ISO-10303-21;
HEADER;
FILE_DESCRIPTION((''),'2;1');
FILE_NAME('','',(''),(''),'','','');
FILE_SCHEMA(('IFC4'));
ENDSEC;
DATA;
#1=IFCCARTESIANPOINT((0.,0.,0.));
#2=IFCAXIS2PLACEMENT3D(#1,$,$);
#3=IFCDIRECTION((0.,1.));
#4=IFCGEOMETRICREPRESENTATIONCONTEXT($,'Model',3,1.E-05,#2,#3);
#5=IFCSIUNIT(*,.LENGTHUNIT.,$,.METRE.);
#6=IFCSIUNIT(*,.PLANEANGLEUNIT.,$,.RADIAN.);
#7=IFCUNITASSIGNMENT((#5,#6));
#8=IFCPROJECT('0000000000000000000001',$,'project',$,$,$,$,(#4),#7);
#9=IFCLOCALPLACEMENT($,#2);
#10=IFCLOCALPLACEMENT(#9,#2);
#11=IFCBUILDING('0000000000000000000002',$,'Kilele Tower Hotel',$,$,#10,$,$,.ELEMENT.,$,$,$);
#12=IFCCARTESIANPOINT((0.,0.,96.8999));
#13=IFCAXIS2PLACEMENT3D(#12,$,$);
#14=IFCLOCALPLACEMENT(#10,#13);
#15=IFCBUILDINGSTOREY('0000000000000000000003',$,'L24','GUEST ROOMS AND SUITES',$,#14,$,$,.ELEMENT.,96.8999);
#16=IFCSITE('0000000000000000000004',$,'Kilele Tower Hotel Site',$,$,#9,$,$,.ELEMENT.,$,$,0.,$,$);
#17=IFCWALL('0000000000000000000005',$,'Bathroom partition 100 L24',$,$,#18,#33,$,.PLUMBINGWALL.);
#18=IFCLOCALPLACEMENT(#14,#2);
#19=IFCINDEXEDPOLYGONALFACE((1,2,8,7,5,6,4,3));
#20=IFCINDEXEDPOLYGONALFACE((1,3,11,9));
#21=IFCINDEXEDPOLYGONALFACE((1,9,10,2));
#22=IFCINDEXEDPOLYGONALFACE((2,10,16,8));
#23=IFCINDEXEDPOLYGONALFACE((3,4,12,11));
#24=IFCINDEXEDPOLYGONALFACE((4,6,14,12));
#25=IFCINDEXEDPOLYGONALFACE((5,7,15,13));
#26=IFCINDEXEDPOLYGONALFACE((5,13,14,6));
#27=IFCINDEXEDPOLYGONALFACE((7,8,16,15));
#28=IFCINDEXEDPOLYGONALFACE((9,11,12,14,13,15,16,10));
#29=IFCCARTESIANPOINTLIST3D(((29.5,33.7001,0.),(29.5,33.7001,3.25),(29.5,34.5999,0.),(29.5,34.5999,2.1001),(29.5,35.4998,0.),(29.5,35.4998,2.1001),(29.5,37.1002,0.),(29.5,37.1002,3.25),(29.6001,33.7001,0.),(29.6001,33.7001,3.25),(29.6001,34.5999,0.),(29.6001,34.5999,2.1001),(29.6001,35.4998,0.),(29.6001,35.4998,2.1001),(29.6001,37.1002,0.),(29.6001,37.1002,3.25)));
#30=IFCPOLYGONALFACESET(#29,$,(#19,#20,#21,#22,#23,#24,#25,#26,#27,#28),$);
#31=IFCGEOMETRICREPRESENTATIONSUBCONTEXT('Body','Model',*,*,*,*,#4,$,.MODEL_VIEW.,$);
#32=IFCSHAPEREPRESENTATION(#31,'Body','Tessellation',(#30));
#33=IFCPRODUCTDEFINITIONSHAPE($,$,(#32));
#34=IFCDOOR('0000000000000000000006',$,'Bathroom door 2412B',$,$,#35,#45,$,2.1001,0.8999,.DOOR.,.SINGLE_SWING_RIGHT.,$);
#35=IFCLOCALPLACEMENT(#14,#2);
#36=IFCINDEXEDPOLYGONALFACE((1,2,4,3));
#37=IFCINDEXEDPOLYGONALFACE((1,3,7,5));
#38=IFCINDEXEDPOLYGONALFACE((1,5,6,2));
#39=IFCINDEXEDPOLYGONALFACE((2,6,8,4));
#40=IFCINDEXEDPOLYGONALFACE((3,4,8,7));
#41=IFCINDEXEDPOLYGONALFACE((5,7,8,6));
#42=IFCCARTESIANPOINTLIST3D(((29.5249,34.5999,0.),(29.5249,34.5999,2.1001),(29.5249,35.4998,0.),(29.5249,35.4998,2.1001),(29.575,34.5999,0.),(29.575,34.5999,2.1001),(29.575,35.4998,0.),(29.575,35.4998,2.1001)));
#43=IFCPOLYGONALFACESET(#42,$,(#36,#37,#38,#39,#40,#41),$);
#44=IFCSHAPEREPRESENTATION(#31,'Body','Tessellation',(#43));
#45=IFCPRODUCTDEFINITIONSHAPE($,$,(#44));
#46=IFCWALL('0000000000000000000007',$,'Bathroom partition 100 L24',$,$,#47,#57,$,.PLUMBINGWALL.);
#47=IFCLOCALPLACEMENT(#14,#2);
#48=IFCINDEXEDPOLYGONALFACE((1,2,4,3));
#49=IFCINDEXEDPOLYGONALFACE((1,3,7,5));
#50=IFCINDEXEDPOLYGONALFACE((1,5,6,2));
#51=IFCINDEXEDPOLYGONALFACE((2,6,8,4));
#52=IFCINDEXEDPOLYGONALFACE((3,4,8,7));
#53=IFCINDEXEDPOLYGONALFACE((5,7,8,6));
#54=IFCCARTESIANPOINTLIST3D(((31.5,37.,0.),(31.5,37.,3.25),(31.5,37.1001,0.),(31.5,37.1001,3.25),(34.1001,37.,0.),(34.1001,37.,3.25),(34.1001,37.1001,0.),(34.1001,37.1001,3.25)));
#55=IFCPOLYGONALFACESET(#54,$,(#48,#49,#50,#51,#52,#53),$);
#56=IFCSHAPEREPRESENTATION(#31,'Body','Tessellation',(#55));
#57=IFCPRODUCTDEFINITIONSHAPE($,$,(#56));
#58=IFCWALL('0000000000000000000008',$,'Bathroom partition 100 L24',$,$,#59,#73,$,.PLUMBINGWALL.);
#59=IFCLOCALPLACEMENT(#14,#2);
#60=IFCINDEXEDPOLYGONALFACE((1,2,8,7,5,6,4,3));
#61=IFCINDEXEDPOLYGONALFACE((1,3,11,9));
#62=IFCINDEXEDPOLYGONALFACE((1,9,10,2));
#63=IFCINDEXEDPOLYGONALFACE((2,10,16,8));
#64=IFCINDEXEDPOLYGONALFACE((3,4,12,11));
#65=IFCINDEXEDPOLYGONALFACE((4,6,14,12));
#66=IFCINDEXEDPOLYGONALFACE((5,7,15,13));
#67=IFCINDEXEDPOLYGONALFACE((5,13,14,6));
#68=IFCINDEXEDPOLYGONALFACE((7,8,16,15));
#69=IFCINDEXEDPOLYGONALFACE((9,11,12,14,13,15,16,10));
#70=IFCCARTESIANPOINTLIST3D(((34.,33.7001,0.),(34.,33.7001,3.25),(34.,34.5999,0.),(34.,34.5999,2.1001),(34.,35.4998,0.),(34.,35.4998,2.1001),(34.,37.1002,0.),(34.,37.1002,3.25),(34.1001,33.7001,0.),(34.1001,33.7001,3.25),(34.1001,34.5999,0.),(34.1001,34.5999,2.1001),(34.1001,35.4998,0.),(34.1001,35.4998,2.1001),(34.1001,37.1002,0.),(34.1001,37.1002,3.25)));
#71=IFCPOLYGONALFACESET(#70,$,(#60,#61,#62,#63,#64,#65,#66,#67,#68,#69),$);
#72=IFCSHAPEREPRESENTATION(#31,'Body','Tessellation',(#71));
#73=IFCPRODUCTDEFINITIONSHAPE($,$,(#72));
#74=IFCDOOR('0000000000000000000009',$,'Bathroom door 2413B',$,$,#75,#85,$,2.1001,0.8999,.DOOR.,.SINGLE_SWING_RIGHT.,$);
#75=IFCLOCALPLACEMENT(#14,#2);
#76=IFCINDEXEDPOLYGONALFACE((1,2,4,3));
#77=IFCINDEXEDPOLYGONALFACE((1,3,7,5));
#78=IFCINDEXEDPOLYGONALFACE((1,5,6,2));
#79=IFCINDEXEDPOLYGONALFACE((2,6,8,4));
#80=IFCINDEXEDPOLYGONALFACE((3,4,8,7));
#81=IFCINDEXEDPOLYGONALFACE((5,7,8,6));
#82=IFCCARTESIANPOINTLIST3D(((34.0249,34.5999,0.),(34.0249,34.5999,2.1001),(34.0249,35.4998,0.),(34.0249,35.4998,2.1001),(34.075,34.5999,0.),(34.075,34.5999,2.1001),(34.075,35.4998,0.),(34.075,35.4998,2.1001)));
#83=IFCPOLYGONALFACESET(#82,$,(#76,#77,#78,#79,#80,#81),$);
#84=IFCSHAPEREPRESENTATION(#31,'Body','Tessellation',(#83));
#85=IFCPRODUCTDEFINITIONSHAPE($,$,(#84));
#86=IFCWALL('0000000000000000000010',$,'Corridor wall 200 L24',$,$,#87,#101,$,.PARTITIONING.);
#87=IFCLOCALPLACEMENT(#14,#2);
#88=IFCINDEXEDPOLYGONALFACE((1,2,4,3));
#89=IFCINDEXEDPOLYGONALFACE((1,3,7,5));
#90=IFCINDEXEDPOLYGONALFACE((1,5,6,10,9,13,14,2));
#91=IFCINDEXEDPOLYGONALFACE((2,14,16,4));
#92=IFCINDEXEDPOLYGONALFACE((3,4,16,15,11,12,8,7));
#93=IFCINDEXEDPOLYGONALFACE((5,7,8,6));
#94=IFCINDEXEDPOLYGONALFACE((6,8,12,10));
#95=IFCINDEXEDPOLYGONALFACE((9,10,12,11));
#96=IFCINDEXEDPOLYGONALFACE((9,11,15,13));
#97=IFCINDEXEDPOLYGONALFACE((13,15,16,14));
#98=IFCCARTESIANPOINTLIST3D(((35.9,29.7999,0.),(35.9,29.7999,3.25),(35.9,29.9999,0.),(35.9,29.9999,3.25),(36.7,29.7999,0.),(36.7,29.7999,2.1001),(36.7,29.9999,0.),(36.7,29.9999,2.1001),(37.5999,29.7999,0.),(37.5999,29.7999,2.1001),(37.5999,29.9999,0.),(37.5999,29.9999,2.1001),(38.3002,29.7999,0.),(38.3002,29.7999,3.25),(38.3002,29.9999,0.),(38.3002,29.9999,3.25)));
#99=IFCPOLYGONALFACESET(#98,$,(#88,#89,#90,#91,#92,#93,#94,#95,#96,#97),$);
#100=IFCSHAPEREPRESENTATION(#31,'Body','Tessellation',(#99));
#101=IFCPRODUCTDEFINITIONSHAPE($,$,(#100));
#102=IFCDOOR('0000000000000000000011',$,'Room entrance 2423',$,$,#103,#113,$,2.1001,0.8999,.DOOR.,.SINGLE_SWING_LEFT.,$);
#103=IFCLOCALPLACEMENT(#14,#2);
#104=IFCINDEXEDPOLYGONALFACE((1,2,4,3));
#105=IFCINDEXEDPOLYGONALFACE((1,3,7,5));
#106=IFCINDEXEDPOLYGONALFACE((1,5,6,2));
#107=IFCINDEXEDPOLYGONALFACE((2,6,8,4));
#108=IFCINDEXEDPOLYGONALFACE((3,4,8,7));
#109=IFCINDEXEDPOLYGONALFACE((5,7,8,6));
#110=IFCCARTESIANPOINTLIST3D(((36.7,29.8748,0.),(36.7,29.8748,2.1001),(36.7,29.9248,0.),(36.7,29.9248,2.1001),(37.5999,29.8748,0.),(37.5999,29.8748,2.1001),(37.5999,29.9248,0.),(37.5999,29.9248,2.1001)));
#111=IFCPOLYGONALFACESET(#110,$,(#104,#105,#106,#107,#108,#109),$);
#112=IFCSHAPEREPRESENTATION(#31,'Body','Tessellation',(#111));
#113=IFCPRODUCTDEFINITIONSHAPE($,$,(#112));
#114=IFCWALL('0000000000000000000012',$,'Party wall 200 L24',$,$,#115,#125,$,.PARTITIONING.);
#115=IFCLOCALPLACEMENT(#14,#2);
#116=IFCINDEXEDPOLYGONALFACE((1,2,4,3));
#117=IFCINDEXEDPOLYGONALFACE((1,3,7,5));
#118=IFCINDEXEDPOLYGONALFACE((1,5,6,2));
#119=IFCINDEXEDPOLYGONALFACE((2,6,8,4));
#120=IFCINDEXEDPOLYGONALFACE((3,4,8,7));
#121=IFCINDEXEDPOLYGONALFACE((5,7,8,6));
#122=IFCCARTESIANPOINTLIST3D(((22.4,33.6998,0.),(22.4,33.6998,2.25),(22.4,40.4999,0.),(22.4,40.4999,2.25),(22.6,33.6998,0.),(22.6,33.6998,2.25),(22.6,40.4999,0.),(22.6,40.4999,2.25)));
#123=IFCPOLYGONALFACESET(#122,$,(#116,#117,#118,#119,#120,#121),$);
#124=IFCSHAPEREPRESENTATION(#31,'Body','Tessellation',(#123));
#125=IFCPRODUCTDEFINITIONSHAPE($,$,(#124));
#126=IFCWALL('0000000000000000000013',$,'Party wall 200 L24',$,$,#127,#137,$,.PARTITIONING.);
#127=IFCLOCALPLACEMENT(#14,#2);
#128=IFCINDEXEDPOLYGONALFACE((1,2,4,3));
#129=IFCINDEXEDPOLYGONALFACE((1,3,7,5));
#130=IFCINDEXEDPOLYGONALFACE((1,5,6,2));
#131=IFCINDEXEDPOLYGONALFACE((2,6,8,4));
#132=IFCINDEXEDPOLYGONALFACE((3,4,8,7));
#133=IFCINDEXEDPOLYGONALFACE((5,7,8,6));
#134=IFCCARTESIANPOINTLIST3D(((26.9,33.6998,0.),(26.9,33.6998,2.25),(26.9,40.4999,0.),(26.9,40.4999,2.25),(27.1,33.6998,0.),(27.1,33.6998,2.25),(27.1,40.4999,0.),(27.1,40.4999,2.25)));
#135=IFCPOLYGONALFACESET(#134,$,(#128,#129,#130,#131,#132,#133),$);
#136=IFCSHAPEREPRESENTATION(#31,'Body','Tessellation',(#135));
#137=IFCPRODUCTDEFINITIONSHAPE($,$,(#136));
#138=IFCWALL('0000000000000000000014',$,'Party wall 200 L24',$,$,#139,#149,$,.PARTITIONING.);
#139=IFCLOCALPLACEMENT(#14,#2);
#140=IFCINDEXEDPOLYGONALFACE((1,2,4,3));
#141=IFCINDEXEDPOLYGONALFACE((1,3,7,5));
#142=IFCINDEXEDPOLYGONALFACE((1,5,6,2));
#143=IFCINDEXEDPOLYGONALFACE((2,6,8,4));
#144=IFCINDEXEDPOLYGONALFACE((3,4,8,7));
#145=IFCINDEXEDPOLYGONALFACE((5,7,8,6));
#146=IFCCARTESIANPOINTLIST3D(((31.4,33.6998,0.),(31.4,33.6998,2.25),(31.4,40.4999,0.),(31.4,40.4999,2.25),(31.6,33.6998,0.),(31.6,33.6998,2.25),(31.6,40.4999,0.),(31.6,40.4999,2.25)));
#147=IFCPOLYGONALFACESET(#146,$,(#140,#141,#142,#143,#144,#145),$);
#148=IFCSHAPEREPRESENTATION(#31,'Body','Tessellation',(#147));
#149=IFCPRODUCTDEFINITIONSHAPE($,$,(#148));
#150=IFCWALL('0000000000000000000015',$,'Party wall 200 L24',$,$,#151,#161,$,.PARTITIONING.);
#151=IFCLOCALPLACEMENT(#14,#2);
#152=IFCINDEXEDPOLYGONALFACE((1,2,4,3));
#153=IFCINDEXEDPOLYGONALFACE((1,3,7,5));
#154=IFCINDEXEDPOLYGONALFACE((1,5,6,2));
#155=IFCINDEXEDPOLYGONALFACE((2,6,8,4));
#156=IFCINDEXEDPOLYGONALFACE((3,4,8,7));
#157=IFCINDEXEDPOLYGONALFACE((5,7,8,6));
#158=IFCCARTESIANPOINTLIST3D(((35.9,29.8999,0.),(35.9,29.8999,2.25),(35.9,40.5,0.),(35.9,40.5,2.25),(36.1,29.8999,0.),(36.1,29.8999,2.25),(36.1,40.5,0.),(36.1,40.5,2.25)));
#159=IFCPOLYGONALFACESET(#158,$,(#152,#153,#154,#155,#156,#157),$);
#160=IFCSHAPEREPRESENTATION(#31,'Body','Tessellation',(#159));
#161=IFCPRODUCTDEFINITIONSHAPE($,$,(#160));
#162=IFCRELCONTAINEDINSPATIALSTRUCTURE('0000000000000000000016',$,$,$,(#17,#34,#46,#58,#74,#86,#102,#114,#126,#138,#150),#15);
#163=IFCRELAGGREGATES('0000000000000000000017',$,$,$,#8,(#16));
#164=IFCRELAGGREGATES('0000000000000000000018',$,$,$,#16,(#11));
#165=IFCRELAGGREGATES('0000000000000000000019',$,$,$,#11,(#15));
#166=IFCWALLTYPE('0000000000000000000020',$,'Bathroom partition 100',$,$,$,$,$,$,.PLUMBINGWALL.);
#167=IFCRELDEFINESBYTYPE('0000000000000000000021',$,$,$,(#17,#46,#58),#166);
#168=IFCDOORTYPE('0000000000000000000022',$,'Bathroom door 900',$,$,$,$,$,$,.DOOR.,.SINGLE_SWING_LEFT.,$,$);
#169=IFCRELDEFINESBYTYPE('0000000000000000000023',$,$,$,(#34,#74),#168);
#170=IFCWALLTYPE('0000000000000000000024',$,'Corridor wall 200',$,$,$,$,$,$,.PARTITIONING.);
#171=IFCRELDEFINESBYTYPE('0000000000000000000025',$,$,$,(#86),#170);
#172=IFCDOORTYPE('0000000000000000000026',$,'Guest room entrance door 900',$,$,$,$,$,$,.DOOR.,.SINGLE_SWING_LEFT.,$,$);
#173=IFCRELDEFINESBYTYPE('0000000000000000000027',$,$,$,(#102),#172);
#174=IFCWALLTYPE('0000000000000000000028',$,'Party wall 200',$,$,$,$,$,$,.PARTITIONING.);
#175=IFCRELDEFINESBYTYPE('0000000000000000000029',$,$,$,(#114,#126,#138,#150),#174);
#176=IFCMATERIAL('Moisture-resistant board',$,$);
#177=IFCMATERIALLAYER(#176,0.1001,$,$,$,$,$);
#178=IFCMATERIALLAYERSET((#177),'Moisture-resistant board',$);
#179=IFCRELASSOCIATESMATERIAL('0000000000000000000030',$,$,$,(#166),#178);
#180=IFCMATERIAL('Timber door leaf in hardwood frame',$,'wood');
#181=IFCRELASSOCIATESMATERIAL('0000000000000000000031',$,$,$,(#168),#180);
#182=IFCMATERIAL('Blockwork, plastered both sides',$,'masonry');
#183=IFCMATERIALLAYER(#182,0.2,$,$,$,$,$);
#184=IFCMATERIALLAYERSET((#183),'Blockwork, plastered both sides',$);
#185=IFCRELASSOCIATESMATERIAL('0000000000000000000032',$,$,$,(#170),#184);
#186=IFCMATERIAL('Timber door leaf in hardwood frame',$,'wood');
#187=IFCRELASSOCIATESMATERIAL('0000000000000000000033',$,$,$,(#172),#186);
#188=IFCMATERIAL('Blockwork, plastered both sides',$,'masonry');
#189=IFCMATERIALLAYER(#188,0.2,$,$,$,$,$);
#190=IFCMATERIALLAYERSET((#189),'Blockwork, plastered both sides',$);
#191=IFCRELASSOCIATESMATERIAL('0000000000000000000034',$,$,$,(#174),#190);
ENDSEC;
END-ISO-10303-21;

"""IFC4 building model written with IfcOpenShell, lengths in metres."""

from ifc_helpers import new_model, si_unit, direction, frame, frame_2d, origin, place, context, subcontext, project, spatial, rectangle, extrude, material, layer, layer_set, type_object, element, fill, save


model = new_model("IFC4")

# Units and contexts
model_context = context("Model", 3, precision=1e-05, world=origin(), true_north=direction((0.0, 1.0)))
body_context = subcontext(model_context, "Body", "Model", "MODEL_VIEW")
ifc_project = project(units=[si_unit("LENGTHUNIT", "METRE"), si_unit("PLANEANGLEUNIT", "RADIAN")], contexts=[model_context])

# Site, building, storey
site_placement = place(None, origin())
site = spatial("IfcSite", under=ifc_project, at=site_placement, Name="Kilele Tower Hotel Site", CompositionType="ELEMENT", RefElevation=0.0)
building_placement = place(site_placement, origin())
building = spatial("IfcBuilding", under=site, at=building_placement, Name="Kilele Tower Hotel", CompositionType="ELEMENT")
storey_placement = place(building_placement, frame((0.0, 0.0, 96.8999)))
storey = spatial("IfcBuildingStorey", under=building, at=storey_placement, Name="L24", Description="GUEST ROOMS AND SUITES", CompositionType="ELEMENT", Elevation=96.8999)

# Shared definitions
ifc_material_1 = material(Name="Moisture-resistant board")
ifc_layer_1 = layer(ifc_material_1, 0.1001)
ifc_layer_set_1 = layer_set([ifc_layer_1], Name="Moisture-resistant board")
wall_type_1 = type_object("IfcWallType", Name="Bathroom partition 100", PredefinedType="PLUMBINGWALL", material=ifc_layer_set_1)

# Shared definitions
ifc_material_2 = material(Name="Timber door leaf in hardwood frame", Category="wood")
door_type_1 = type_object("IfcDoorType", Name="Bathroom door 900", OperationType="SINGLE_SWING_LEFT", PredefinedType="DOOR", material=ifc_material_2)

# Wall, opening, door
wall_1_placement = place(storey_placement, frame((29.55, 33.7, 0.0), z_axis=(0.0, 0.0, 1.0), x_axis=(0.0, 1.0, 0.0)))
wall_1 = element("IfcWall", 1, at=wall_1_placement, inside=storey, type_object=wall_type_1, Name="Bathroom partition 100 L24", PredefinedType="PLUMBINGWALL", context=body_context, shape_type="SweptSolid", body=[
    extrude(rectangle(XDim=3.4001, YDim=0.1001, at=frame_2d((1.7002, 0.0))), origin(), (0.0, 0.0, 1.0), 3.25),
])
opening_1_placement = place(wall_1_placement, frame((1.7998, 0.0, 0.0), z_axis=(0.0, 0.0, 1.0), x_axis=(-1.0, 0.0, 0.0)))
opening_1 = element("IfcOpeningElement", 2, at=opening_1_placement, cuts=wall_1, PredefinedType="OPENING", context=body_context, shape_type="SweptSolid", body=[
    extrude(rectangle(XDim=0.8999, YDim=2.1001, at=frame_2d((0.45, 1.05))), frame((0.0, 0.0601, 0.0), z_axis=(0.0, -1.0, 0.0), x_axis=(1.0, 0.0, 0.0)), (0.0, 0.0, 1.0), 0.1201),
])
door_1_placement = place(opening_1_placement, origin())
door_1 = element("IfcDoor", 3, at=door_1_placement, inside=storey, type_object=door_type_1, Name="Bathroom door 2412B", OperationType="SINGLE_SWING_RIGHT", OverallHeight=2.1001, OverallWidth=0.8999, PredefinedType="DOOR", context=body_context, shape_type="SweptSolid", body=[
    extrude(rectangle(XDim=0.8999, YDim=2.1001, at=frame_2d((0.45, 1.05))), frame((0.0, 0.0249, 0.0), z_axis=(0.0, -1.0, 0.0), x_axis=(1.0, 0.0, 0.0)), (0.0, 0.0, 1.0), 0.05),
])
fill(opening_1, door_1)

# Wall
wall_2_placement = place(storey_placement, frame((31.5, 37.05, 0.0), z_axis=(0.0, 0.0, 1.0), x_axis=(1.0, 0.0, 0.0)))
element("IfcWall", 4, at=wall_2_placement, inside=storey, type_object=wall_type_1, Name="Bathroom partition 100 L24", PredefinedType="PLUMBINGWALL", context=body_context, shape_type="SweptSolid", body=[
    extrude(rectangle(XDim=2.6001, YDim=0.1001, at=frame_2d((1.3, 0.0))), origin(), (0.0, 0.0, 1.0), 3.25),
])

# Walls, openings, doors
wall_3_placement = place(storey_placement, frame((34.05, 33.7, 0.0), z_axis=(0.0, 0.0, 1.0), x_axis=(0.0, 1.0, 0.0)))
wall_3 = element("IfcWall", 5, at=wall_3_placement, inside=storey, type_object=wall_type_1, Name="Bathroom partition 100 L24", PredefinedType="PLUMBINGWALL", context=body_context, shape_type="SweptSolid", body=[
    extrude(rectangle(XDim=3.4001, YDim=0.1001, at=frame_2d((1.7002, 0.0))), origin(), (0.0, 0.0, 1.0), 3.25),
])
opening_2_placement = place(wall_3_placement, frame((1.7998, 0.0, 0.0), z_axis=(0.0, 0.0, 1.0), x_axis=(-1.0, 0.0, 0.0)))
opening_2 = element("IfcOpeningElement", 6, at=opening_2_placement, cuts=wall_3, PredefinedType="OPENING", context=body_context, shape_type="SweptSolid", body=[
    extrude(rectangle(XDim=0.8999, YDim=2.1001, at=frame_2d((0.45, 1.05))), frame((0.0, 0.0601, 0.0), z_axis=(0.0, -1.0, 0.0), x_axis=(1.0, 0.0, 0.0)), (0.0, 0.0, 1.0), 0.1201),
])
door_2_placement = place(opening_2_placement, origin())
door_2 = element("IfcDoor", 7, at=door_2_placement, inside=storey, type_object=door_type_1, Name="Bathroom door 2413B", OperationType="SINGLE_SWING_RIGHT", OverallHeight=2.1001, OverallWidth=0.8999, PredefinedType="DOOR", context=body_context, shape_type="SweptSolid", body=[
    extrude(rectangle(XDim=0.8999, YDim=2.1001, at=frame_2d((0.45, 1.05))), frame((0.0, 0.0249, 0.0), z_axis=(0.0, -1.0, 0.0), x_axis=(1.0, 0.0, 0.0)), (0.0, 0.0, 1.0), 0.05),
])
fill(opening_2, door_2)
ifc_material_3 = material(Name="Blockwork, plastered both sides", Category="masonry")
ifc_layer_2 = layer(ifc_material_3, 0.2)
ifc_layer_set_2 = layer_set([ifc_layer_2], Name="Blockwork, plastered both sides")
wall_type_2 = type_object("IfcWallType", Name="Corridor wall 200", PredefinedType="PARTITIONING", material=ifc_layer_set_2)
wall_4_placement = place(storey_placement, frame((35.8999, 29.8999, 0.0), z_axis=(0.0, 0.0, 1.0), x_axis=(1.0, 0.0, 0.0)))
wall_4 = element("IfcWall", 8, at=wall_4_placement, inside=storey, type_object=wall_type_2, Name="Corridor wall 200 L24", PredefinedType="PARTITIONING", context=body_context, shape_type="SweptSolid", body=[
    extrude(rectangle(XDim=2.4001, YDim=0.2, at=frame_2d((1.2002, 0.0))), origin(), (0.0, 0.0, 1.0), 3.25),
])
opening_3_placement = place(wall_4_placement, frame((0.8, 0.0, 0.0)))
opening_3 = element("IfcOpeningElement", 9, at=opening_3_placement, cuts=wall_4, PredefinedType="OPENING", context=body_context, shape_type="SweptSolid", body=[
    extrude(rectangle(XDim=0.8999, YDim=2.1001, at=frame_2d((0.45, 1.05))), frame((0.0, 0.1099, 0.0), z_axis=(0.0, -1.0, 0.0), x_axis=(1.0, 0.0, 0.0)), (0.0, 0.0, 1.0), 0.22),
])
ifc_material_4 = material(Name="Timber door leaf in hardwood frame", Category="wood")
door_type_2 = type_object("IfcDoorType", Name="Guest room entrance door 900", OperationType="SINGLE_SWING_LEFT", PredefinedType="DOOR", material=ifc_material_4)
door_3_placement = place(opening_3_placement, origin())
door_3 = element("IfcDoor", 10, at=door_3_placement, inside=storey, type_object=door_type_2, Name="Room entrance 2423", OperationType="SINGLE_SWING_LEFT", OverallHeight=2.1001, OverallWidth=0.8999, PredefinedType="DOOR", context=body_context, shape_type="SweptSolid", body=[
    extrude(rectangle(XDim=0.8999, YDim=2.1001, at=frame_2d((0.45, 1.05))), frame((0.0, 0.0249, 0.0), z_axis=(0.0, -1.0, 0.0), x_axis=(1.0, 0.0, 0.0)), (0.0, 0.0, 1.0), 0.05),
])
fill(opening_3, door_3)

# Walls
ifc_material_5 = material(Name="Blockwork, plastered both sides", Category="masonry")
ifc_layer_3 = layer(ifc_material_5, 0.2)
ifc_layer_set_3 = layer_set([ifc_layer_3], Name="Blockwork, plastered both sides")
wall_type_3 = type_object("IfcWallType", Name="Party wall 200", PredefinedType="PARTITIONING", material=ifc_layer_set_3)
for number, where, z_axis, x_axis, name in (
    (11, (22.5, 33.7, 0.0), (0.0, 0.0, 1.0), (0.0, 1.0, 0.0), "Party wall 200 L24"),
    (12, (27.0, 33.7, 0.0), (0.0, 0.0, 1.0), (0.0, 1.0, 0.0), "Party wall 200 L24"),
    (13, (31.5, 33.7, 0.0), (0.0, 0.0, 1.0), (0.0, 1.0, 0.0), "Party wall 200 L24"),
):
    element("IfcWall", number, at=place(storey_placement, frame(where, z_axis=z_axis, x_axis=x_axis)), inside=storey, type_object=wall_type_3, Name=name, PredefinedType="PARTITIONING", context=body_context, shape_type="SweptSolid", body=[
        extrude(rectangle(XDim=6.8, YDim=0.2, at=frame_2d((3.3999, 0.0))), origin(), (0.0, 0.0, 1.0), 2.25),
    ])
wall_5_placement = place(storey_placement, frame((36.0, 29.8999, 0.0), z_axis=(0.0, 0.0, 1.0), x_axis=(0.0, 1.0, 0.0)))
element("IfcWall", 14, at=wall_5_placement, inside=storey, type_object=wall_type_3, Name="Party wall 200 L24", PredefinedType="PARTITIONING", context=body_context, shape_type="SweptSolid", body=[
    extrude(rectangle(XDim=10.6001, YDim=0.2, at=frame_2d((5.3, 0.0))), origin(), (0.0, 0.0, 1.0), 2.25),
])

save(model, "model.ifc")
